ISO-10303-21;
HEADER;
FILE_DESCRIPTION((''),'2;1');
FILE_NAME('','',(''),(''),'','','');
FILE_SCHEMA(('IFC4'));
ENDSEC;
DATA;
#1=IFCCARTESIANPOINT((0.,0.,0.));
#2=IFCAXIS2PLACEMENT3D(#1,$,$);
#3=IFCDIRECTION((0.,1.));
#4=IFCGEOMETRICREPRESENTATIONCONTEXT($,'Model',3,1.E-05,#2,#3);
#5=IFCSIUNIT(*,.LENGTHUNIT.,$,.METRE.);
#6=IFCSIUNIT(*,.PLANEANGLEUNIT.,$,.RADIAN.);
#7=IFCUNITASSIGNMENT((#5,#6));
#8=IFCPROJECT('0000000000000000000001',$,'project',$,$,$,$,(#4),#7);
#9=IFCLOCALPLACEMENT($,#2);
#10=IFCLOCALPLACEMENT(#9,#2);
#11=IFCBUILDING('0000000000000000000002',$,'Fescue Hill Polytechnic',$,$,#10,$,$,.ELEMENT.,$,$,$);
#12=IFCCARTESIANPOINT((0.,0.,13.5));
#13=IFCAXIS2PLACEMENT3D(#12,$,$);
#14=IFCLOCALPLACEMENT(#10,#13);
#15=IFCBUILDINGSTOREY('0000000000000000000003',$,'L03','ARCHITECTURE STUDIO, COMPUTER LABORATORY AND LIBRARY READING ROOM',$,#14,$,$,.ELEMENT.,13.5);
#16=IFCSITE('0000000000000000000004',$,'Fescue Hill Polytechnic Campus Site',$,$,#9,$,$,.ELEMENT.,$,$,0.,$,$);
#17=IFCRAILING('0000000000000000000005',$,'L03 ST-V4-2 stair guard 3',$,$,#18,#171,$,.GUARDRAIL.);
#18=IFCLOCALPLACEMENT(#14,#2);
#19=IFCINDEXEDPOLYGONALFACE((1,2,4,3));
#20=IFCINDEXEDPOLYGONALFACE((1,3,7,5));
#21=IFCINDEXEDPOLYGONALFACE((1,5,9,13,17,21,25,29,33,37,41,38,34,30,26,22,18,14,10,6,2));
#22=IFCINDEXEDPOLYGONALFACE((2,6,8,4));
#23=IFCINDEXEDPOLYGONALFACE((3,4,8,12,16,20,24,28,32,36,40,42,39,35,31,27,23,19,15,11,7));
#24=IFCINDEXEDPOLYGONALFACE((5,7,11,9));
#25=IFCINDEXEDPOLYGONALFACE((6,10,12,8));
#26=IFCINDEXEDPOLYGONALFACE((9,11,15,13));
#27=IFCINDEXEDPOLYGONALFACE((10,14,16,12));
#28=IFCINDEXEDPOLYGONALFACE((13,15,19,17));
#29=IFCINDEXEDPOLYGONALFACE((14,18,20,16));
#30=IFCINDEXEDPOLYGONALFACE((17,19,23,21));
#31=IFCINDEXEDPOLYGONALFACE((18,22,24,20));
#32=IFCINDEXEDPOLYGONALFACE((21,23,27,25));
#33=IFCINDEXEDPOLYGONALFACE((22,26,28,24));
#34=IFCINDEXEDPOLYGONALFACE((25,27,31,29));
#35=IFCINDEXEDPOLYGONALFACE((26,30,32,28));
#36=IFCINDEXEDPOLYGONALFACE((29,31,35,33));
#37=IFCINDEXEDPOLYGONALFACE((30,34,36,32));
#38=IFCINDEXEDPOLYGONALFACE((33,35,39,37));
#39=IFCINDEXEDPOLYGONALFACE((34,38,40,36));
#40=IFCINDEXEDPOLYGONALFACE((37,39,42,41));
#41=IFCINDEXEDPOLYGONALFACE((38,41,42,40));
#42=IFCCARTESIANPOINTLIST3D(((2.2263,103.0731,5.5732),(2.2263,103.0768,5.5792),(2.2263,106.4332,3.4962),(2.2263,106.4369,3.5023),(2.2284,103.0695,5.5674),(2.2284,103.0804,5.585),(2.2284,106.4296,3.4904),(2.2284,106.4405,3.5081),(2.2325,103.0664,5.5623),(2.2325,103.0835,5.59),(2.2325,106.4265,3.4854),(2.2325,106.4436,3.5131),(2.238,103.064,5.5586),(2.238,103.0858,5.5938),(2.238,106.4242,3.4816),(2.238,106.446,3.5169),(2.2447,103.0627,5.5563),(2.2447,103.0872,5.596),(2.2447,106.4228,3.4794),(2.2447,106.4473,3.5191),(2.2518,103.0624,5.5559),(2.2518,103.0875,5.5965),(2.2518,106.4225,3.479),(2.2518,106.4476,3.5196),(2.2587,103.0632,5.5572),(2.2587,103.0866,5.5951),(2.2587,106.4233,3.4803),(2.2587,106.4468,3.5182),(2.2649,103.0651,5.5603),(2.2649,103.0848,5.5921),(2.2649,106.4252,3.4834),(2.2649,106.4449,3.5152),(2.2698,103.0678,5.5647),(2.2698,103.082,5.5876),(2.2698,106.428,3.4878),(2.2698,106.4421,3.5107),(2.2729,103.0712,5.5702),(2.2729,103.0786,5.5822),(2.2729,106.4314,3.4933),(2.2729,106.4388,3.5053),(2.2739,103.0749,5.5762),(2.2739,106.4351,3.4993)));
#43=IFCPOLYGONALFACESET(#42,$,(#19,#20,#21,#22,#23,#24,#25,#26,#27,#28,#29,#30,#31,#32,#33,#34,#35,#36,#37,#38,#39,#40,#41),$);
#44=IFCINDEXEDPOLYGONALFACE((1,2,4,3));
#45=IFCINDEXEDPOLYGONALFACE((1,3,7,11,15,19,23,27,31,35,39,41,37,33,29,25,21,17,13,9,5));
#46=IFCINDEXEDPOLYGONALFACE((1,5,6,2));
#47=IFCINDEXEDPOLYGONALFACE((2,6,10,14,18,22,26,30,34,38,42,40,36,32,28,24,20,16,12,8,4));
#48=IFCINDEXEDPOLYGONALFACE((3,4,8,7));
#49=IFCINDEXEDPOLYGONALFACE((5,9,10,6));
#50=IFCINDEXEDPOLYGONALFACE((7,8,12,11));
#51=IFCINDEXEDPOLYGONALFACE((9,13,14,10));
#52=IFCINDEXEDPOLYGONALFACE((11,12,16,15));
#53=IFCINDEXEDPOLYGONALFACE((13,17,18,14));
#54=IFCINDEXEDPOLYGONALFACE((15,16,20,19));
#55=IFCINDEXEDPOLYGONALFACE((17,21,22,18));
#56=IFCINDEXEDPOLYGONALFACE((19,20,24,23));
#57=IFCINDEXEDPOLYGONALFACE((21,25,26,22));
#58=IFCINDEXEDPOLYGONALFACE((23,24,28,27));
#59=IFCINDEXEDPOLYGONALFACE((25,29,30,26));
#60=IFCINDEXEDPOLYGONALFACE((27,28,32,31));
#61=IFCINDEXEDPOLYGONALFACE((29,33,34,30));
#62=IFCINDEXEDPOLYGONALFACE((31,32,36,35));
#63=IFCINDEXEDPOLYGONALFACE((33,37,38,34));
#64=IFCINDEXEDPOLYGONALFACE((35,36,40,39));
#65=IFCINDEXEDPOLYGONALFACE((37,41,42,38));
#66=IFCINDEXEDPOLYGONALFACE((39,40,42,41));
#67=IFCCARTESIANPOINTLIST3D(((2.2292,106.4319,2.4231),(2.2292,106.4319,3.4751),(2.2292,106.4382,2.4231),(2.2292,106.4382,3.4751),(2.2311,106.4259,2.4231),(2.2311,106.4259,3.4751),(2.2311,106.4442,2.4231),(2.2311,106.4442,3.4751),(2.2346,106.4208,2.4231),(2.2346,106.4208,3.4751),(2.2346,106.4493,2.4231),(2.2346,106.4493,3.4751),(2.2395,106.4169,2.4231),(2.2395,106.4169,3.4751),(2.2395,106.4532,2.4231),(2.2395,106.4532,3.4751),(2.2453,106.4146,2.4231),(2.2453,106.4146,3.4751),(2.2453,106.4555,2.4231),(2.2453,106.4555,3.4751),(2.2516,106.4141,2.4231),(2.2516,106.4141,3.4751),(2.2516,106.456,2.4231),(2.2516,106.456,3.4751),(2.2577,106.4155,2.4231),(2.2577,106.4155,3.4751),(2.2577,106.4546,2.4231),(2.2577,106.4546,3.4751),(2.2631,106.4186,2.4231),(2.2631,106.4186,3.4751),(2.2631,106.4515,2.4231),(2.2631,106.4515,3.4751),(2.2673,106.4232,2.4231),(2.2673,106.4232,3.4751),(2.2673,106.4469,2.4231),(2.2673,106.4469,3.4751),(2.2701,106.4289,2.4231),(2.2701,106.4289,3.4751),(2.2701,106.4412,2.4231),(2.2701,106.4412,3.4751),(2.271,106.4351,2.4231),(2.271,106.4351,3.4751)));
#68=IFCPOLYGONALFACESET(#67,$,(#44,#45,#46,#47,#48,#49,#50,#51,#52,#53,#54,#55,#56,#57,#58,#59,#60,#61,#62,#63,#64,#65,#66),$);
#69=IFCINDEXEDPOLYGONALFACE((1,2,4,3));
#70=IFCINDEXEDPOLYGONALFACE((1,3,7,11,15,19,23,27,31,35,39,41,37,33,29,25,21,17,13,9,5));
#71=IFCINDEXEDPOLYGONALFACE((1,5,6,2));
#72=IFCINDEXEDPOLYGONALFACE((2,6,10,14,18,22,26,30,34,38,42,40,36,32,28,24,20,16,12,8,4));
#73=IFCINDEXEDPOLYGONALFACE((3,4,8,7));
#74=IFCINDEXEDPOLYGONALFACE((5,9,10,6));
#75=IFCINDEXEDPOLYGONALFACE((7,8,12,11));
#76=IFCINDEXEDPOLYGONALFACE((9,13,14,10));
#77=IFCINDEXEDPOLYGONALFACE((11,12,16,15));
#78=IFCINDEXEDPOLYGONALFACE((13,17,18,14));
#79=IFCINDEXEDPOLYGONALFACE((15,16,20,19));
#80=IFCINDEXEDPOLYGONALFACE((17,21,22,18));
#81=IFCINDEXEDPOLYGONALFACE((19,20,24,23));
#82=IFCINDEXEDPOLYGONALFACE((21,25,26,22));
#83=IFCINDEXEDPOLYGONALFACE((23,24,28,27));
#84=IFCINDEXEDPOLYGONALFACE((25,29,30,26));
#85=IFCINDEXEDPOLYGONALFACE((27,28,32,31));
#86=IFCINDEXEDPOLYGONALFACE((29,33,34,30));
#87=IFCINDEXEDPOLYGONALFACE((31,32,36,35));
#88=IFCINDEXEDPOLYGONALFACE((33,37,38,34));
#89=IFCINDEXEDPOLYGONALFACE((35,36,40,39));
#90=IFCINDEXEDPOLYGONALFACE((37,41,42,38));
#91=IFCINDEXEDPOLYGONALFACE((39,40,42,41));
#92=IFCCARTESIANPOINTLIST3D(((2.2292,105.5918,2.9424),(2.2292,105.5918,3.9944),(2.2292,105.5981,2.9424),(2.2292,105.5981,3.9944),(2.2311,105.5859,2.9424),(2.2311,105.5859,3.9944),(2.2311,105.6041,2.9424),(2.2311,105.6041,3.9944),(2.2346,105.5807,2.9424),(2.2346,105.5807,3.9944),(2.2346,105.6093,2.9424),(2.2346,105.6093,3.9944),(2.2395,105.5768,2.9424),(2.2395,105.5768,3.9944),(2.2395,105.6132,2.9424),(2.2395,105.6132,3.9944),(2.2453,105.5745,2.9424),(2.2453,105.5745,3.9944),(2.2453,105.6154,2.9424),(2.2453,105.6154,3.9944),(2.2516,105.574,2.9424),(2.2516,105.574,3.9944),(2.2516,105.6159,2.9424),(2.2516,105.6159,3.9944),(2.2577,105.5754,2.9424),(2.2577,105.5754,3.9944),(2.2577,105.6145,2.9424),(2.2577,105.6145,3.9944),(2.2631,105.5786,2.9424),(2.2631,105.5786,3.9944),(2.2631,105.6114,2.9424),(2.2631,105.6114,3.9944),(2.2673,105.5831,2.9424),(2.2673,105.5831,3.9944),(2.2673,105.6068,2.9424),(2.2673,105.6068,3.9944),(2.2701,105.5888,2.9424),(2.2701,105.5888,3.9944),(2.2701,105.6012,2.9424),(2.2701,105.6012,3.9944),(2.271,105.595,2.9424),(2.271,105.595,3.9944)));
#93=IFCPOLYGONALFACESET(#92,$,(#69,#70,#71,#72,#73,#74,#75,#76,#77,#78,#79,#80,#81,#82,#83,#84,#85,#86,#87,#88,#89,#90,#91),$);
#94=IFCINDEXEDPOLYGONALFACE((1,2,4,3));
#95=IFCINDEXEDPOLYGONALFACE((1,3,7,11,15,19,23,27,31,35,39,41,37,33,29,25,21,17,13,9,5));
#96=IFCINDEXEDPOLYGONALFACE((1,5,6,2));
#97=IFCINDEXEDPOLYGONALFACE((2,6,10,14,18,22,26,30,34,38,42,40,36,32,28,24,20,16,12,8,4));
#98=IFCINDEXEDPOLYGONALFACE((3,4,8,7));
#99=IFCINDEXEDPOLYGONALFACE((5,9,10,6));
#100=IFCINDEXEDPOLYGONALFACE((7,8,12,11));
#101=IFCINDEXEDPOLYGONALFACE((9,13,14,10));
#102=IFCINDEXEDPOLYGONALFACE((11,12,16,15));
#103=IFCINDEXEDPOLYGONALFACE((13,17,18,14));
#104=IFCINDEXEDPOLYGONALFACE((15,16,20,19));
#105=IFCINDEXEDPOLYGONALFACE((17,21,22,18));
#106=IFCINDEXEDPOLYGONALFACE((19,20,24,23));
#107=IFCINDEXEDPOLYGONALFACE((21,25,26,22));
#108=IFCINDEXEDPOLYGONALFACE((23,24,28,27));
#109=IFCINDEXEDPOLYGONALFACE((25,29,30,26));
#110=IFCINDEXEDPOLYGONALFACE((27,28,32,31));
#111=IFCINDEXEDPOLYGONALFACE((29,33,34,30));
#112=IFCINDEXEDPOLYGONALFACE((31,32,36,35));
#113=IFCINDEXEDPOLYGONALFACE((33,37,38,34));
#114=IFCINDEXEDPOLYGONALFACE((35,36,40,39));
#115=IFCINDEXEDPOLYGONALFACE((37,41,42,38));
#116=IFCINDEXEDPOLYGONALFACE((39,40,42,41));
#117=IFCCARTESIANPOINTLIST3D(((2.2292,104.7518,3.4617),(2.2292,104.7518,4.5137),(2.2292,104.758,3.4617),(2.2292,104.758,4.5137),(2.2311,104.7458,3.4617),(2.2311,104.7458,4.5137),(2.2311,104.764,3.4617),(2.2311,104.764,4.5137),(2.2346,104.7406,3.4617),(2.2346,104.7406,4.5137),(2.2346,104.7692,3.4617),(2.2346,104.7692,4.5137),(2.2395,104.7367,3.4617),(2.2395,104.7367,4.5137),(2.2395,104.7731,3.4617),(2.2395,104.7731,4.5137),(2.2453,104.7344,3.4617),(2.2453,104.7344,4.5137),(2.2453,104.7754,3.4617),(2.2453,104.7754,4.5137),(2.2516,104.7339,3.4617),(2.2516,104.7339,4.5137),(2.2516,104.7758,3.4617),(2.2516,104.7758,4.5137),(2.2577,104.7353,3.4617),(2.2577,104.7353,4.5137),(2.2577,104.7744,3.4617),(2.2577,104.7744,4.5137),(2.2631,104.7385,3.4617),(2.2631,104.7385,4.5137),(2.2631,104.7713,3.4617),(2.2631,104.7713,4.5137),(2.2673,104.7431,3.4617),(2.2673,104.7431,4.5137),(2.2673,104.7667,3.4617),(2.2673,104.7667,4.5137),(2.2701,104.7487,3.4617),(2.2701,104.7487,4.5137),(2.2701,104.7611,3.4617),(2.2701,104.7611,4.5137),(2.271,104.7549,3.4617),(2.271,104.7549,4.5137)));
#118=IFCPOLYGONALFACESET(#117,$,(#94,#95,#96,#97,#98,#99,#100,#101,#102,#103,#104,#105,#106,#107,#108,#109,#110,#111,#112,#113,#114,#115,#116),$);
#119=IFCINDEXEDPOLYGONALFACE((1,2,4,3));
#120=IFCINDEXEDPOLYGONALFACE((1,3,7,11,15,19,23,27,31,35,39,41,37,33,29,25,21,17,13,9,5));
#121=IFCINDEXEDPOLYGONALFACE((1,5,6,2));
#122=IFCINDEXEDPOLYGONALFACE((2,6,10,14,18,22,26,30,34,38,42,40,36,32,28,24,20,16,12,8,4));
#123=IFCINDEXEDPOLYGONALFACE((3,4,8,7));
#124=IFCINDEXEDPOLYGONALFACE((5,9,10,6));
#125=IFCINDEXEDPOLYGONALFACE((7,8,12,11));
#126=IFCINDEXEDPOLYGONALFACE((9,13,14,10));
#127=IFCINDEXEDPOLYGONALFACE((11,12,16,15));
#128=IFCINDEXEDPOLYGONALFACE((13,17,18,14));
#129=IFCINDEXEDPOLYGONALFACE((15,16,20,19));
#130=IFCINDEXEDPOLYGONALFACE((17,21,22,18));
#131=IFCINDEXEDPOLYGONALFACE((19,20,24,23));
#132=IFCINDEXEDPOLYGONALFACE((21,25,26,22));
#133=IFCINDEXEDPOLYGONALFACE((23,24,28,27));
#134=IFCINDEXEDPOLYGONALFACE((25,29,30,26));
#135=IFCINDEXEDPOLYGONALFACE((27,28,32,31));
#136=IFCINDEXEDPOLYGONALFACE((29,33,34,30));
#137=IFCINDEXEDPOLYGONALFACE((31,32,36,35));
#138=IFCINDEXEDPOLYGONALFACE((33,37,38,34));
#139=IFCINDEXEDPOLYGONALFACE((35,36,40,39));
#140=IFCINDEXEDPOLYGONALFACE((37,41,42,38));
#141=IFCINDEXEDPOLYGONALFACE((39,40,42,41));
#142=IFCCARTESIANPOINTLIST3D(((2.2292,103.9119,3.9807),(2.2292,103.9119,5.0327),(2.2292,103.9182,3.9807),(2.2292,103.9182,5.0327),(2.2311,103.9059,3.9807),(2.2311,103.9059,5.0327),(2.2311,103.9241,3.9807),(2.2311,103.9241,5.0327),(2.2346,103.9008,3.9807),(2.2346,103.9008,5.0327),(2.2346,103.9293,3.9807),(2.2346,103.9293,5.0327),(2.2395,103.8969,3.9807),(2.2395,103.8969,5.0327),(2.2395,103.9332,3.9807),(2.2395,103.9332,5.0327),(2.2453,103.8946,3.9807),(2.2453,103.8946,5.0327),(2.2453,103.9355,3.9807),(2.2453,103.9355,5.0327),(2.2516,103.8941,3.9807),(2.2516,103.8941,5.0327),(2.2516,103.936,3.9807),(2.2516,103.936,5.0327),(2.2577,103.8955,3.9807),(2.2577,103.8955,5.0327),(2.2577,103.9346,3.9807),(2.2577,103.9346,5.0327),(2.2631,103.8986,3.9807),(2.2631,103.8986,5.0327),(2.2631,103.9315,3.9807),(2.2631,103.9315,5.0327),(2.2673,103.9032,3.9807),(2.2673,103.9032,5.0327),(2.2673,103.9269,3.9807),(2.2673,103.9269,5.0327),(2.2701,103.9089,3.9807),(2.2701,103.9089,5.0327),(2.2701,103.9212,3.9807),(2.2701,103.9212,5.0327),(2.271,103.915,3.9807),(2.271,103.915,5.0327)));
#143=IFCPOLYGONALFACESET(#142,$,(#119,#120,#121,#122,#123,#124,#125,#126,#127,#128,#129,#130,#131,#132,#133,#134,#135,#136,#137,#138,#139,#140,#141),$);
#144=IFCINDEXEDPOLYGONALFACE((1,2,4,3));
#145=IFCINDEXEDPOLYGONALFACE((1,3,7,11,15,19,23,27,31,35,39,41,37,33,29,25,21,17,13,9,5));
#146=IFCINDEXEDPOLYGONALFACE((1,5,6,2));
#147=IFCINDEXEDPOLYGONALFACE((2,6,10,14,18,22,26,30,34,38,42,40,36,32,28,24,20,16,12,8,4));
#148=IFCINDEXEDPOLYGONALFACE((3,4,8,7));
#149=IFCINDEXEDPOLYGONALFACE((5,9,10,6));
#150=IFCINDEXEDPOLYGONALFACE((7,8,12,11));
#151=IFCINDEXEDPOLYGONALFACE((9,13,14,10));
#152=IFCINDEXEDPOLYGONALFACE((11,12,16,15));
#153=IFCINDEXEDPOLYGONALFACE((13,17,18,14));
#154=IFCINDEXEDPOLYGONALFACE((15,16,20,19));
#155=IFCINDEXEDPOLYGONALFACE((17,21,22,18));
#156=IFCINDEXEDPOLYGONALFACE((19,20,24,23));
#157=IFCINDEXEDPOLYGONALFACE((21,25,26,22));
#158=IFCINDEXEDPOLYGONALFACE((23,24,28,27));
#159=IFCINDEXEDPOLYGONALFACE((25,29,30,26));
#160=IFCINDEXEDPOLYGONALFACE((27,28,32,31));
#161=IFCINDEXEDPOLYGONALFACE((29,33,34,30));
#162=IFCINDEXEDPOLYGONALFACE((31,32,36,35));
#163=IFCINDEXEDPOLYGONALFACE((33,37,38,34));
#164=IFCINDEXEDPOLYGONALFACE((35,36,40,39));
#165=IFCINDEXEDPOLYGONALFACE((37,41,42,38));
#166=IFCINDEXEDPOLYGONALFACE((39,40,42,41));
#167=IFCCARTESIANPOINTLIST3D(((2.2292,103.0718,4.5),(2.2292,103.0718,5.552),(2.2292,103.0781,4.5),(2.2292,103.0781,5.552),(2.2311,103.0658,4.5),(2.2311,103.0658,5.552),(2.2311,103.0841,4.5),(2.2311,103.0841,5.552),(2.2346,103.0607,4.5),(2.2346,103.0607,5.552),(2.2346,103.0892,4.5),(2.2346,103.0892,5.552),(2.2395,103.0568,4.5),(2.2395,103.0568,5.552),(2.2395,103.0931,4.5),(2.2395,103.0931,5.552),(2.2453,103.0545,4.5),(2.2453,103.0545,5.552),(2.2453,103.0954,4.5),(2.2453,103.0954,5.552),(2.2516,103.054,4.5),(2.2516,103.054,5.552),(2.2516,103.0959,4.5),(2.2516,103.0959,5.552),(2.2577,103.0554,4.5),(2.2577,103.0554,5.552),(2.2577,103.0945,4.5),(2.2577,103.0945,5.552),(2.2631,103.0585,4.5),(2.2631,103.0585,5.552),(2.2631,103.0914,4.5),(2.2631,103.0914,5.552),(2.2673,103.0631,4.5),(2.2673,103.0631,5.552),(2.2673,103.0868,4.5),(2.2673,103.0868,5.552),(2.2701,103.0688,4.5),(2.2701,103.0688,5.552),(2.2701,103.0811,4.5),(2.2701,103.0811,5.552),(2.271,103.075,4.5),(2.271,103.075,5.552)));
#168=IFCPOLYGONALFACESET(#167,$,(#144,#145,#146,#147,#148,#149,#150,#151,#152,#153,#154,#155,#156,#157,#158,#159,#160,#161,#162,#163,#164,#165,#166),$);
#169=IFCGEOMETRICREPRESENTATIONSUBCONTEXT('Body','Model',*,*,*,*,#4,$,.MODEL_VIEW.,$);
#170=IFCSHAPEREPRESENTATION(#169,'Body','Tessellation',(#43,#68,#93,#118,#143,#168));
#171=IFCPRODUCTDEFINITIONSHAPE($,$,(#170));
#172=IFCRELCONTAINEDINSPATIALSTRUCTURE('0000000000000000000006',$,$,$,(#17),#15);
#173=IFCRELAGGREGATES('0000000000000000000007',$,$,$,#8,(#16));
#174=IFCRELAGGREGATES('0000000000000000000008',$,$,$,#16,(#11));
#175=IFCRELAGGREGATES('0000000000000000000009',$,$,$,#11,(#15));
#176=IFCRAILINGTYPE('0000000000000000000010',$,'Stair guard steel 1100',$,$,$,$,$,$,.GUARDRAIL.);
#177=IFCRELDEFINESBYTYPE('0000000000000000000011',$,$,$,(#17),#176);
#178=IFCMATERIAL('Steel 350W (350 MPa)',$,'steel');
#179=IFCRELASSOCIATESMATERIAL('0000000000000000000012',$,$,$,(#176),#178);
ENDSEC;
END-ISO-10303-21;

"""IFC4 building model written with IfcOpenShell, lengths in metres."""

from ifc_helpers import new_model, si_unit, direction, frame, origin, origin_2d, place, context, subcontext, project, spatial, circle, extrude, material, type_object, element, save


model = new_model("IFC4")

# Units and contexts
model_context = context("Model", 3, precision=1e-05, world=origin(), true_north=direction((0.0, 1.0)))
body_context = subcontext(model_context, "Body", "Model", "MODEL_VIEW")
ifc_project = project(units=[si_unit("LENGTHUNIT", "METRE"), si_unit("PLANEANGLEUNIT", "RADIAN")], contexts=[model_context])

# Site, building, storey
site_placement = place(None, origin())
site = spatial("IfcSite", under=ifc_project, at=site_placement, Name="Fescue Hill Polytechnic Campus Site", CompositionType="ELEMENT", RefElevation=0.0)
building_placement = place(site_placement, origin())
building = spatial("IfcBuilding", under=site, at=building_placement, Name="Fescue Hill Polytechnic", CompositionType="ELEMENT")
storey_placement = place(building_placement, frame((0.0, 0.0, 13.5)))
storey = spatial("IfcBuildingStorey", under=building, at=storey_placement, Name="L03", Description="ARCHITECTURE STUDIO, COMPUTER LABORATORY AND LIBRARY READING ROOM", CompositionType="ELEMENT", Elevation=13.5)

# Railing
ifc_material_1 = material(Name="Steel 350W (350 MPa)", Category="steel")
railing_type_1 = type_object("IfcRailingType", Name="Stair guard steel 1100", PredefinedType="GUARDRAIL", material=ifc_material_1)
railing_1_placement = place(storey_placement, frame((2.25, 106.4351, 2.4231)))
element("IfcRailing", 1, at=railing_1_placement, inside=storey, type_object=railing_type_1, Name="L03 ST-V4-2 stair guard 3", PredefinedType="GUARDRAIL", context=body_context, shape_type="SweptSolid", body=[
    extrude(circle(Radius=0.0239, at=origin_2d()), frame((0.0, 0.0, 1.0762), z_axis=(0.0, -0.850623, 0.525776), x_axis=(1.0, 0.0, 0.0)), (0.0, 0.0, 1.0), 3.9502),
    extrude(circle(Radius=0.021, at=origin_2d()), origin(), (0.0, 0.0, 1.0), 1.052),
    extrude(circle(Radius=0.021, at=origin_2d()), frame((0.0, -0.8401, 0.5193)), (0.0, 0.0, 1.0), 1.052),
    extrude(circle(Radius=0.021, at=origin_2d()), frame((0.0, -1.6802, 1.0386)), (0.0, 0.0, 1.0), 1.052),
    extrude(circle(Radius=0.021, at=origin_2d()), frame((0.0, -2.52, 1.5576)), (0.0, 0.0, 1.0), 1.052),
    extrude(circle(Radius=0.021, at=origin_2d()), frame((0.0, -3.3601, 2.0769)), (0.0, 0.0, 1.0), 1.052),
])

save(model, "model.ifc")
